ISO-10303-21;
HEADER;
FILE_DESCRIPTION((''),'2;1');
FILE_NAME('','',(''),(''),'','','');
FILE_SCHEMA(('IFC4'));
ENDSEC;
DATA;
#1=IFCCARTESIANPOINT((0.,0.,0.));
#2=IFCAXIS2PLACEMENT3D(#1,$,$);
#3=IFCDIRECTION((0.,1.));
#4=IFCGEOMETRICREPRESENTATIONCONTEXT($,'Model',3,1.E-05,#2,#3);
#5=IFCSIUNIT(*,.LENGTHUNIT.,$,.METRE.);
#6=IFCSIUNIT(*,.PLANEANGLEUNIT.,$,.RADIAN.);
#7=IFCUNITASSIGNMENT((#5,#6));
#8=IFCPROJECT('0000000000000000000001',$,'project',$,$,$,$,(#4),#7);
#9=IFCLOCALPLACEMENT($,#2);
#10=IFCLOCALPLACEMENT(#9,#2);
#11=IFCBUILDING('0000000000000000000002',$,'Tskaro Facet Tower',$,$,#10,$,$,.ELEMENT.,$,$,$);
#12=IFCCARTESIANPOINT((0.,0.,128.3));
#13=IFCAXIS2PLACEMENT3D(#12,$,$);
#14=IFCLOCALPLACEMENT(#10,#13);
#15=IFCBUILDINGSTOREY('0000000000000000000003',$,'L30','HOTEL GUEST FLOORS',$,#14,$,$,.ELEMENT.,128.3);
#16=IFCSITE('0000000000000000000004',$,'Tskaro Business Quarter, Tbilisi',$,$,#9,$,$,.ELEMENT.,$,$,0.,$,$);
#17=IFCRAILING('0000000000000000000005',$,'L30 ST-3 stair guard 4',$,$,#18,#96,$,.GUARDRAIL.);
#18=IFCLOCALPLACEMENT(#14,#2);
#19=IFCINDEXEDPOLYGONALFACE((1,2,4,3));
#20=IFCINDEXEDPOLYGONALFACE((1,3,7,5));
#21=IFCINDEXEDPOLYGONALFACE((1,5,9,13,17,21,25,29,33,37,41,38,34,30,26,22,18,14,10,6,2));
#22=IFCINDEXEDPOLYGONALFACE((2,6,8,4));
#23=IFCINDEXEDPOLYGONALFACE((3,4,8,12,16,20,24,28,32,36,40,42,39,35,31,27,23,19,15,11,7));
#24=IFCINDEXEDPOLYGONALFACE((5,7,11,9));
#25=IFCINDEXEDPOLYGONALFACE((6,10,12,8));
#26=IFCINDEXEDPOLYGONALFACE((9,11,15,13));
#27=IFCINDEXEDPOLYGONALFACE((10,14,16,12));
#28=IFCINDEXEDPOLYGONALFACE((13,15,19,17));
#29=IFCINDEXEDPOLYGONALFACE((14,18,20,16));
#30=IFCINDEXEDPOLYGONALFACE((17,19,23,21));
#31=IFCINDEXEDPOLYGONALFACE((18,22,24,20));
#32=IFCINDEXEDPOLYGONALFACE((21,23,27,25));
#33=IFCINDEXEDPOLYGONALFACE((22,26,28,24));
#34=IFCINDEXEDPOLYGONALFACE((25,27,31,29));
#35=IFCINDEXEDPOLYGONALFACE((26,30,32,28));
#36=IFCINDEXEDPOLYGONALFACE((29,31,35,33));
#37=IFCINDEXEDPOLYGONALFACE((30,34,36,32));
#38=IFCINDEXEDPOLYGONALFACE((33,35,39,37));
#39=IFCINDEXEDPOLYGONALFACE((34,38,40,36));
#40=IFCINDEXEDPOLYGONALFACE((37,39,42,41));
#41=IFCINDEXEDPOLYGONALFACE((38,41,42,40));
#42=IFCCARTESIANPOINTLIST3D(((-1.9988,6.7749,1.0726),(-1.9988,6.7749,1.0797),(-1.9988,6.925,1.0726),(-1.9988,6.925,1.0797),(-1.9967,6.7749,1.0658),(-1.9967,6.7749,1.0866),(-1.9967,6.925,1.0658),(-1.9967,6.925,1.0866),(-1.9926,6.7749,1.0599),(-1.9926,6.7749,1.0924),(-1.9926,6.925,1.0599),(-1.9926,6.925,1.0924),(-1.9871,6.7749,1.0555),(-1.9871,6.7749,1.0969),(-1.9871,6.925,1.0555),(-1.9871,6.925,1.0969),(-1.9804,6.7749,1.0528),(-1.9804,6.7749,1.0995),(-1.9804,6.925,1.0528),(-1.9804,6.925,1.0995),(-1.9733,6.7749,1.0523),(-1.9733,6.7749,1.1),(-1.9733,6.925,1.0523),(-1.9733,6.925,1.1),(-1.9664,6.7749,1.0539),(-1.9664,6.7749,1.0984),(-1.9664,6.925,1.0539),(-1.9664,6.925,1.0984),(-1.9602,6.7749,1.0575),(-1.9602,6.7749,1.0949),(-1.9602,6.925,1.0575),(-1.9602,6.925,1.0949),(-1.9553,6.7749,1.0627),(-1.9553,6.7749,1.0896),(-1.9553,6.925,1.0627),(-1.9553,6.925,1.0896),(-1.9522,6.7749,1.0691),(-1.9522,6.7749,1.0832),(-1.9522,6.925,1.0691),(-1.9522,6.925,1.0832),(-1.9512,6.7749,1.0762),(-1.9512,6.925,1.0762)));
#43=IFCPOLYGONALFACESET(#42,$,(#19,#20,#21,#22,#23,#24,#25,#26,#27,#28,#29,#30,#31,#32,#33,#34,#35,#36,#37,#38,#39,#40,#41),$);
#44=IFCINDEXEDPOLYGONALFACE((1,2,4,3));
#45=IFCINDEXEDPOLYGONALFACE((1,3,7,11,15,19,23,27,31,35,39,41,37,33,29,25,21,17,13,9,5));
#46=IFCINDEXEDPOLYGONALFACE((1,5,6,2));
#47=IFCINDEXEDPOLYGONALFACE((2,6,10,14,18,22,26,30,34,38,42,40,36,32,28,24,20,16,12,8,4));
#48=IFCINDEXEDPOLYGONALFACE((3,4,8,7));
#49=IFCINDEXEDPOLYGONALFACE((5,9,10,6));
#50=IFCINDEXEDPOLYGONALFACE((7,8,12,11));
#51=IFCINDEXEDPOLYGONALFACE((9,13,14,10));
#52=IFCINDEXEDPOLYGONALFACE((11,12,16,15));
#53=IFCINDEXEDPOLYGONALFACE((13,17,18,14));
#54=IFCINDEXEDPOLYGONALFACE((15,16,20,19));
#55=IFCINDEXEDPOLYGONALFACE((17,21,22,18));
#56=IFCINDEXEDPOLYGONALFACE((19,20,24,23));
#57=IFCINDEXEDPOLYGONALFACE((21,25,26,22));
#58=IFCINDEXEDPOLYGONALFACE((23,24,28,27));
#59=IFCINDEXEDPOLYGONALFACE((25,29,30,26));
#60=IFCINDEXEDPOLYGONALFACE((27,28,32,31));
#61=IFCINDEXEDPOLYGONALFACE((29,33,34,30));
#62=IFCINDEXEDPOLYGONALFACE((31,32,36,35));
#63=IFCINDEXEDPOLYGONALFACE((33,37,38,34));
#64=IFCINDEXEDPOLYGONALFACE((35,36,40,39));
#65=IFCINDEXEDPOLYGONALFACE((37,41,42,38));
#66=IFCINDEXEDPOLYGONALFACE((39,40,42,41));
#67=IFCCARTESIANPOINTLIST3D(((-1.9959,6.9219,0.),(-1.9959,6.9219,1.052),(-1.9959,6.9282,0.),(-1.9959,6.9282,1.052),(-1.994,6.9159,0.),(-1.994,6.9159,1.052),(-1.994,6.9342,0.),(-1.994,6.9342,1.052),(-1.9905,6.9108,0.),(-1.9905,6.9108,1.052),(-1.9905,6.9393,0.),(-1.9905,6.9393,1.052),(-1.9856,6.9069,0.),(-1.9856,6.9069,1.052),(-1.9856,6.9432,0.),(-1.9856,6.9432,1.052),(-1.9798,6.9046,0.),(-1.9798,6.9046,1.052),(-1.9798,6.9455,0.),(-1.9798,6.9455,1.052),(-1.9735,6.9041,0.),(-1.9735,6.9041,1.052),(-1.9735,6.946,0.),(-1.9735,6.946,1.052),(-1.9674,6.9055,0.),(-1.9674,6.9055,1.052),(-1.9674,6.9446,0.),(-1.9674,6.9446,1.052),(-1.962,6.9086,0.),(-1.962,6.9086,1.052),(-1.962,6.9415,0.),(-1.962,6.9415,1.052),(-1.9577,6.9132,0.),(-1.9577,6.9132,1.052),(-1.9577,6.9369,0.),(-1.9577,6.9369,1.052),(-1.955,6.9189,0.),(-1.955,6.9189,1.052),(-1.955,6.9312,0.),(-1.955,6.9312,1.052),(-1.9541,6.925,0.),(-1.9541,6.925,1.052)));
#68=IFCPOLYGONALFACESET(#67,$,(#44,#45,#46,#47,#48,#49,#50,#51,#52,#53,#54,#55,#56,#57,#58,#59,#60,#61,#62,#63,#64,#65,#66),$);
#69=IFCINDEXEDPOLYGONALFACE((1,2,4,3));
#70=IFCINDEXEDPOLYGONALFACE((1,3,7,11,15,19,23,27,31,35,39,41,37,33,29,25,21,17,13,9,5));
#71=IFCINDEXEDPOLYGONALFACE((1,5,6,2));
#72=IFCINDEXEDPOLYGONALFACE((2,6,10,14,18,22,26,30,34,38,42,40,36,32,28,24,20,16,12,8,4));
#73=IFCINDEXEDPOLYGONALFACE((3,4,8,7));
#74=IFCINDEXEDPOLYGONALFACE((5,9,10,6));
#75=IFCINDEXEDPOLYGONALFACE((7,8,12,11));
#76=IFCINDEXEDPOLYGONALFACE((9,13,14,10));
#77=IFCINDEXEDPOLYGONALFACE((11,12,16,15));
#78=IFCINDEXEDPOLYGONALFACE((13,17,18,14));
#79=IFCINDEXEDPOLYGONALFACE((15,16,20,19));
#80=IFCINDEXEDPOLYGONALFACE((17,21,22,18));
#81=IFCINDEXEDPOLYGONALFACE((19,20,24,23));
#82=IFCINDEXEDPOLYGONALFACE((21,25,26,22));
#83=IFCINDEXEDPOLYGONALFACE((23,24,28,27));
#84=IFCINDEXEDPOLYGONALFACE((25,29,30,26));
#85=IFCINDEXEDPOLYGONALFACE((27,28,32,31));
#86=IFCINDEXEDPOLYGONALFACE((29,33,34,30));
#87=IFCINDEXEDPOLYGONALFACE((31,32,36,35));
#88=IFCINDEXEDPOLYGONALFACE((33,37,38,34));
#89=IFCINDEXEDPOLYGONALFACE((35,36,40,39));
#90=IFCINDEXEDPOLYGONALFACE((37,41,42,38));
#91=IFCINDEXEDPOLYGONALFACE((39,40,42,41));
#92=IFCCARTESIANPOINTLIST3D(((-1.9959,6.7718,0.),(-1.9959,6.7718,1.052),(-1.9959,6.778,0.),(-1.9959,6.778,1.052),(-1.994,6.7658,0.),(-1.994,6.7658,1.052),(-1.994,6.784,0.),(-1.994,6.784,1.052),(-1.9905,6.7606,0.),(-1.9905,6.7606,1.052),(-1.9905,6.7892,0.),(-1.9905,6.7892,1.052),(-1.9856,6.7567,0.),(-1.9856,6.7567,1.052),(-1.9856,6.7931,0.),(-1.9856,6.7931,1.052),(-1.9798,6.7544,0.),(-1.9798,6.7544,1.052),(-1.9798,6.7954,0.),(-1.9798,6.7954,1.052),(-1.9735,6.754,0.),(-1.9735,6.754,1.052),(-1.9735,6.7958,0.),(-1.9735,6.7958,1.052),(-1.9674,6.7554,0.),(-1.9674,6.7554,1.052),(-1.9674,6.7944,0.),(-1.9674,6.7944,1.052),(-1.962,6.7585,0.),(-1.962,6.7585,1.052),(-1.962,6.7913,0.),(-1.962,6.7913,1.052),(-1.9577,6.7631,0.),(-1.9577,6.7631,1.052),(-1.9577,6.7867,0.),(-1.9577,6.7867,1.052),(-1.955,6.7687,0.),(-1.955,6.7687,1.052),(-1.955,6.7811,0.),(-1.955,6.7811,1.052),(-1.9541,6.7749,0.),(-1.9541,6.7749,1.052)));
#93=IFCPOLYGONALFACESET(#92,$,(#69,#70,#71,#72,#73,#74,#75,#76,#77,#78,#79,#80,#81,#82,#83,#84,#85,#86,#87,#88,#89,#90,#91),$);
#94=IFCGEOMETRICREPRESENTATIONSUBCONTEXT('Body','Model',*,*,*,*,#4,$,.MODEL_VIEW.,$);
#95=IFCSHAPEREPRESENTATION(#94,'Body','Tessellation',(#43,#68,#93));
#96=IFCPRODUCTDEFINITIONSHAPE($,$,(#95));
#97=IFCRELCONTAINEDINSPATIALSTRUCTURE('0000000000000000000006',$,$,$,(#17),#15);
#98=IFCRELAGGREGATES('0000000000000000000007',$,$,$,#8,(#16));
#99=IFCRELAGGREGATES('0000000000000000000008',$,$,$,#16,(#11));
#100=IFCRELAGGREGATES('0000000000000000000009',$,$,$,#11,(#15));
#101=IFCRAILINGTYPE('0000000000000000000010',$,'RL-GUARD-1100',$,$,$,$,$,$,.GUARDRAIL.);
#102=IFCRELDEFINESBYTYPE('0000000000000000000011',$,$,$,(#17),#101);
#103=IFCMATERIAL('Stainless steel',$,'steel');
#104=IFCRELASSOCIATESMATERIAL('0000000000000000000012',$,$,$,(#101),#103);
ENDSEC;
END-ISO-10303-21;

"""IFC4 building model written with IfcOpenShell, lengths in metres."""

from ifc_helpers import new_model, si_unit, direction, frame, origin, origin_2d, place, context, subcontext, project, spatial, circle, extrude, material, type_object, element, save


model = new_model("IFC4")

# Units and contexts
model_context = context("Model", 3, precision=1e-05, world=origin(), true_north=direction((0.0, 1.0)))
body_context = subcontext(model_context, "Body", "Model", "MODEL_VIEW")
ifc_project = project(units=[si_unit("LENGTHUNIT", "METRE"), si_unit("PLANEANGLEUNIT", "RADIAN")], contexts=[model_context])

# Site, building, storey
site_placement = place(None, origin())
site = spatial("IfcSite", under=ifc_project, at=site_placement, Name="Tskaro Business Quarter, Tbilisi", CompositionType="ELEMENT", RefElevation=0.0)
building_placement = place(site_placement, origin())
building = spatial("IfcBuilding", under=site, at=building_placement, Name="Tskaro Facet Tower", CompositionType="ELEMENT")
storey_placement = place(building_placement, frame((0.0, 0.0, 128.3)))
storey = spatial("IfcBuildingStorey", under=building, at=storey_placement, Name="L30", Description="HOTEL GUEST FLOORS", CompositionType="ELEMENT", Elevation=128.3)

# Railing
ifc_material_1 = material(Name="Stainless steel", Category="steel")
railing_type_1 = type_object("IfcRailingType", Name="RL-GUARD-1100", PredefinedType="GUARDRAIL", material=ifc_material_1)
railing_1_placement = place(storey_placement, frame((-1.9751, 6.925, 0.0)))
element("IfcRailing", 1, at=railing_1_placement, inside=storey, type_object=railing_type_1, Name="L30 ST-3 stair guard 4", PredefinedType="GUARDRAIL", context=body_context, shape_type="SweptSolid", body=[
    extrude(circle(Radius=0.0239, at=origin_2d()), frame((0.0, 0.0, 1.0762), z_axis=(0.0, -1.0, 0.0), x_axis=(1.0, 0.0, 0.0)), (0.0, 0.0, 1.0), 0.1501),
    extrude(circle(Radius=0.021, at=origin_2d()), origin(), (0.0, 0.0, 1.0), 1.052),
    extrude(circle(Radius=0.021, at=origin_2d()), frame((0.0, -0.1501, 0.0)), (0.0, 0.0, 1.0), 1.052),
])

save(model, "model.ifc")
